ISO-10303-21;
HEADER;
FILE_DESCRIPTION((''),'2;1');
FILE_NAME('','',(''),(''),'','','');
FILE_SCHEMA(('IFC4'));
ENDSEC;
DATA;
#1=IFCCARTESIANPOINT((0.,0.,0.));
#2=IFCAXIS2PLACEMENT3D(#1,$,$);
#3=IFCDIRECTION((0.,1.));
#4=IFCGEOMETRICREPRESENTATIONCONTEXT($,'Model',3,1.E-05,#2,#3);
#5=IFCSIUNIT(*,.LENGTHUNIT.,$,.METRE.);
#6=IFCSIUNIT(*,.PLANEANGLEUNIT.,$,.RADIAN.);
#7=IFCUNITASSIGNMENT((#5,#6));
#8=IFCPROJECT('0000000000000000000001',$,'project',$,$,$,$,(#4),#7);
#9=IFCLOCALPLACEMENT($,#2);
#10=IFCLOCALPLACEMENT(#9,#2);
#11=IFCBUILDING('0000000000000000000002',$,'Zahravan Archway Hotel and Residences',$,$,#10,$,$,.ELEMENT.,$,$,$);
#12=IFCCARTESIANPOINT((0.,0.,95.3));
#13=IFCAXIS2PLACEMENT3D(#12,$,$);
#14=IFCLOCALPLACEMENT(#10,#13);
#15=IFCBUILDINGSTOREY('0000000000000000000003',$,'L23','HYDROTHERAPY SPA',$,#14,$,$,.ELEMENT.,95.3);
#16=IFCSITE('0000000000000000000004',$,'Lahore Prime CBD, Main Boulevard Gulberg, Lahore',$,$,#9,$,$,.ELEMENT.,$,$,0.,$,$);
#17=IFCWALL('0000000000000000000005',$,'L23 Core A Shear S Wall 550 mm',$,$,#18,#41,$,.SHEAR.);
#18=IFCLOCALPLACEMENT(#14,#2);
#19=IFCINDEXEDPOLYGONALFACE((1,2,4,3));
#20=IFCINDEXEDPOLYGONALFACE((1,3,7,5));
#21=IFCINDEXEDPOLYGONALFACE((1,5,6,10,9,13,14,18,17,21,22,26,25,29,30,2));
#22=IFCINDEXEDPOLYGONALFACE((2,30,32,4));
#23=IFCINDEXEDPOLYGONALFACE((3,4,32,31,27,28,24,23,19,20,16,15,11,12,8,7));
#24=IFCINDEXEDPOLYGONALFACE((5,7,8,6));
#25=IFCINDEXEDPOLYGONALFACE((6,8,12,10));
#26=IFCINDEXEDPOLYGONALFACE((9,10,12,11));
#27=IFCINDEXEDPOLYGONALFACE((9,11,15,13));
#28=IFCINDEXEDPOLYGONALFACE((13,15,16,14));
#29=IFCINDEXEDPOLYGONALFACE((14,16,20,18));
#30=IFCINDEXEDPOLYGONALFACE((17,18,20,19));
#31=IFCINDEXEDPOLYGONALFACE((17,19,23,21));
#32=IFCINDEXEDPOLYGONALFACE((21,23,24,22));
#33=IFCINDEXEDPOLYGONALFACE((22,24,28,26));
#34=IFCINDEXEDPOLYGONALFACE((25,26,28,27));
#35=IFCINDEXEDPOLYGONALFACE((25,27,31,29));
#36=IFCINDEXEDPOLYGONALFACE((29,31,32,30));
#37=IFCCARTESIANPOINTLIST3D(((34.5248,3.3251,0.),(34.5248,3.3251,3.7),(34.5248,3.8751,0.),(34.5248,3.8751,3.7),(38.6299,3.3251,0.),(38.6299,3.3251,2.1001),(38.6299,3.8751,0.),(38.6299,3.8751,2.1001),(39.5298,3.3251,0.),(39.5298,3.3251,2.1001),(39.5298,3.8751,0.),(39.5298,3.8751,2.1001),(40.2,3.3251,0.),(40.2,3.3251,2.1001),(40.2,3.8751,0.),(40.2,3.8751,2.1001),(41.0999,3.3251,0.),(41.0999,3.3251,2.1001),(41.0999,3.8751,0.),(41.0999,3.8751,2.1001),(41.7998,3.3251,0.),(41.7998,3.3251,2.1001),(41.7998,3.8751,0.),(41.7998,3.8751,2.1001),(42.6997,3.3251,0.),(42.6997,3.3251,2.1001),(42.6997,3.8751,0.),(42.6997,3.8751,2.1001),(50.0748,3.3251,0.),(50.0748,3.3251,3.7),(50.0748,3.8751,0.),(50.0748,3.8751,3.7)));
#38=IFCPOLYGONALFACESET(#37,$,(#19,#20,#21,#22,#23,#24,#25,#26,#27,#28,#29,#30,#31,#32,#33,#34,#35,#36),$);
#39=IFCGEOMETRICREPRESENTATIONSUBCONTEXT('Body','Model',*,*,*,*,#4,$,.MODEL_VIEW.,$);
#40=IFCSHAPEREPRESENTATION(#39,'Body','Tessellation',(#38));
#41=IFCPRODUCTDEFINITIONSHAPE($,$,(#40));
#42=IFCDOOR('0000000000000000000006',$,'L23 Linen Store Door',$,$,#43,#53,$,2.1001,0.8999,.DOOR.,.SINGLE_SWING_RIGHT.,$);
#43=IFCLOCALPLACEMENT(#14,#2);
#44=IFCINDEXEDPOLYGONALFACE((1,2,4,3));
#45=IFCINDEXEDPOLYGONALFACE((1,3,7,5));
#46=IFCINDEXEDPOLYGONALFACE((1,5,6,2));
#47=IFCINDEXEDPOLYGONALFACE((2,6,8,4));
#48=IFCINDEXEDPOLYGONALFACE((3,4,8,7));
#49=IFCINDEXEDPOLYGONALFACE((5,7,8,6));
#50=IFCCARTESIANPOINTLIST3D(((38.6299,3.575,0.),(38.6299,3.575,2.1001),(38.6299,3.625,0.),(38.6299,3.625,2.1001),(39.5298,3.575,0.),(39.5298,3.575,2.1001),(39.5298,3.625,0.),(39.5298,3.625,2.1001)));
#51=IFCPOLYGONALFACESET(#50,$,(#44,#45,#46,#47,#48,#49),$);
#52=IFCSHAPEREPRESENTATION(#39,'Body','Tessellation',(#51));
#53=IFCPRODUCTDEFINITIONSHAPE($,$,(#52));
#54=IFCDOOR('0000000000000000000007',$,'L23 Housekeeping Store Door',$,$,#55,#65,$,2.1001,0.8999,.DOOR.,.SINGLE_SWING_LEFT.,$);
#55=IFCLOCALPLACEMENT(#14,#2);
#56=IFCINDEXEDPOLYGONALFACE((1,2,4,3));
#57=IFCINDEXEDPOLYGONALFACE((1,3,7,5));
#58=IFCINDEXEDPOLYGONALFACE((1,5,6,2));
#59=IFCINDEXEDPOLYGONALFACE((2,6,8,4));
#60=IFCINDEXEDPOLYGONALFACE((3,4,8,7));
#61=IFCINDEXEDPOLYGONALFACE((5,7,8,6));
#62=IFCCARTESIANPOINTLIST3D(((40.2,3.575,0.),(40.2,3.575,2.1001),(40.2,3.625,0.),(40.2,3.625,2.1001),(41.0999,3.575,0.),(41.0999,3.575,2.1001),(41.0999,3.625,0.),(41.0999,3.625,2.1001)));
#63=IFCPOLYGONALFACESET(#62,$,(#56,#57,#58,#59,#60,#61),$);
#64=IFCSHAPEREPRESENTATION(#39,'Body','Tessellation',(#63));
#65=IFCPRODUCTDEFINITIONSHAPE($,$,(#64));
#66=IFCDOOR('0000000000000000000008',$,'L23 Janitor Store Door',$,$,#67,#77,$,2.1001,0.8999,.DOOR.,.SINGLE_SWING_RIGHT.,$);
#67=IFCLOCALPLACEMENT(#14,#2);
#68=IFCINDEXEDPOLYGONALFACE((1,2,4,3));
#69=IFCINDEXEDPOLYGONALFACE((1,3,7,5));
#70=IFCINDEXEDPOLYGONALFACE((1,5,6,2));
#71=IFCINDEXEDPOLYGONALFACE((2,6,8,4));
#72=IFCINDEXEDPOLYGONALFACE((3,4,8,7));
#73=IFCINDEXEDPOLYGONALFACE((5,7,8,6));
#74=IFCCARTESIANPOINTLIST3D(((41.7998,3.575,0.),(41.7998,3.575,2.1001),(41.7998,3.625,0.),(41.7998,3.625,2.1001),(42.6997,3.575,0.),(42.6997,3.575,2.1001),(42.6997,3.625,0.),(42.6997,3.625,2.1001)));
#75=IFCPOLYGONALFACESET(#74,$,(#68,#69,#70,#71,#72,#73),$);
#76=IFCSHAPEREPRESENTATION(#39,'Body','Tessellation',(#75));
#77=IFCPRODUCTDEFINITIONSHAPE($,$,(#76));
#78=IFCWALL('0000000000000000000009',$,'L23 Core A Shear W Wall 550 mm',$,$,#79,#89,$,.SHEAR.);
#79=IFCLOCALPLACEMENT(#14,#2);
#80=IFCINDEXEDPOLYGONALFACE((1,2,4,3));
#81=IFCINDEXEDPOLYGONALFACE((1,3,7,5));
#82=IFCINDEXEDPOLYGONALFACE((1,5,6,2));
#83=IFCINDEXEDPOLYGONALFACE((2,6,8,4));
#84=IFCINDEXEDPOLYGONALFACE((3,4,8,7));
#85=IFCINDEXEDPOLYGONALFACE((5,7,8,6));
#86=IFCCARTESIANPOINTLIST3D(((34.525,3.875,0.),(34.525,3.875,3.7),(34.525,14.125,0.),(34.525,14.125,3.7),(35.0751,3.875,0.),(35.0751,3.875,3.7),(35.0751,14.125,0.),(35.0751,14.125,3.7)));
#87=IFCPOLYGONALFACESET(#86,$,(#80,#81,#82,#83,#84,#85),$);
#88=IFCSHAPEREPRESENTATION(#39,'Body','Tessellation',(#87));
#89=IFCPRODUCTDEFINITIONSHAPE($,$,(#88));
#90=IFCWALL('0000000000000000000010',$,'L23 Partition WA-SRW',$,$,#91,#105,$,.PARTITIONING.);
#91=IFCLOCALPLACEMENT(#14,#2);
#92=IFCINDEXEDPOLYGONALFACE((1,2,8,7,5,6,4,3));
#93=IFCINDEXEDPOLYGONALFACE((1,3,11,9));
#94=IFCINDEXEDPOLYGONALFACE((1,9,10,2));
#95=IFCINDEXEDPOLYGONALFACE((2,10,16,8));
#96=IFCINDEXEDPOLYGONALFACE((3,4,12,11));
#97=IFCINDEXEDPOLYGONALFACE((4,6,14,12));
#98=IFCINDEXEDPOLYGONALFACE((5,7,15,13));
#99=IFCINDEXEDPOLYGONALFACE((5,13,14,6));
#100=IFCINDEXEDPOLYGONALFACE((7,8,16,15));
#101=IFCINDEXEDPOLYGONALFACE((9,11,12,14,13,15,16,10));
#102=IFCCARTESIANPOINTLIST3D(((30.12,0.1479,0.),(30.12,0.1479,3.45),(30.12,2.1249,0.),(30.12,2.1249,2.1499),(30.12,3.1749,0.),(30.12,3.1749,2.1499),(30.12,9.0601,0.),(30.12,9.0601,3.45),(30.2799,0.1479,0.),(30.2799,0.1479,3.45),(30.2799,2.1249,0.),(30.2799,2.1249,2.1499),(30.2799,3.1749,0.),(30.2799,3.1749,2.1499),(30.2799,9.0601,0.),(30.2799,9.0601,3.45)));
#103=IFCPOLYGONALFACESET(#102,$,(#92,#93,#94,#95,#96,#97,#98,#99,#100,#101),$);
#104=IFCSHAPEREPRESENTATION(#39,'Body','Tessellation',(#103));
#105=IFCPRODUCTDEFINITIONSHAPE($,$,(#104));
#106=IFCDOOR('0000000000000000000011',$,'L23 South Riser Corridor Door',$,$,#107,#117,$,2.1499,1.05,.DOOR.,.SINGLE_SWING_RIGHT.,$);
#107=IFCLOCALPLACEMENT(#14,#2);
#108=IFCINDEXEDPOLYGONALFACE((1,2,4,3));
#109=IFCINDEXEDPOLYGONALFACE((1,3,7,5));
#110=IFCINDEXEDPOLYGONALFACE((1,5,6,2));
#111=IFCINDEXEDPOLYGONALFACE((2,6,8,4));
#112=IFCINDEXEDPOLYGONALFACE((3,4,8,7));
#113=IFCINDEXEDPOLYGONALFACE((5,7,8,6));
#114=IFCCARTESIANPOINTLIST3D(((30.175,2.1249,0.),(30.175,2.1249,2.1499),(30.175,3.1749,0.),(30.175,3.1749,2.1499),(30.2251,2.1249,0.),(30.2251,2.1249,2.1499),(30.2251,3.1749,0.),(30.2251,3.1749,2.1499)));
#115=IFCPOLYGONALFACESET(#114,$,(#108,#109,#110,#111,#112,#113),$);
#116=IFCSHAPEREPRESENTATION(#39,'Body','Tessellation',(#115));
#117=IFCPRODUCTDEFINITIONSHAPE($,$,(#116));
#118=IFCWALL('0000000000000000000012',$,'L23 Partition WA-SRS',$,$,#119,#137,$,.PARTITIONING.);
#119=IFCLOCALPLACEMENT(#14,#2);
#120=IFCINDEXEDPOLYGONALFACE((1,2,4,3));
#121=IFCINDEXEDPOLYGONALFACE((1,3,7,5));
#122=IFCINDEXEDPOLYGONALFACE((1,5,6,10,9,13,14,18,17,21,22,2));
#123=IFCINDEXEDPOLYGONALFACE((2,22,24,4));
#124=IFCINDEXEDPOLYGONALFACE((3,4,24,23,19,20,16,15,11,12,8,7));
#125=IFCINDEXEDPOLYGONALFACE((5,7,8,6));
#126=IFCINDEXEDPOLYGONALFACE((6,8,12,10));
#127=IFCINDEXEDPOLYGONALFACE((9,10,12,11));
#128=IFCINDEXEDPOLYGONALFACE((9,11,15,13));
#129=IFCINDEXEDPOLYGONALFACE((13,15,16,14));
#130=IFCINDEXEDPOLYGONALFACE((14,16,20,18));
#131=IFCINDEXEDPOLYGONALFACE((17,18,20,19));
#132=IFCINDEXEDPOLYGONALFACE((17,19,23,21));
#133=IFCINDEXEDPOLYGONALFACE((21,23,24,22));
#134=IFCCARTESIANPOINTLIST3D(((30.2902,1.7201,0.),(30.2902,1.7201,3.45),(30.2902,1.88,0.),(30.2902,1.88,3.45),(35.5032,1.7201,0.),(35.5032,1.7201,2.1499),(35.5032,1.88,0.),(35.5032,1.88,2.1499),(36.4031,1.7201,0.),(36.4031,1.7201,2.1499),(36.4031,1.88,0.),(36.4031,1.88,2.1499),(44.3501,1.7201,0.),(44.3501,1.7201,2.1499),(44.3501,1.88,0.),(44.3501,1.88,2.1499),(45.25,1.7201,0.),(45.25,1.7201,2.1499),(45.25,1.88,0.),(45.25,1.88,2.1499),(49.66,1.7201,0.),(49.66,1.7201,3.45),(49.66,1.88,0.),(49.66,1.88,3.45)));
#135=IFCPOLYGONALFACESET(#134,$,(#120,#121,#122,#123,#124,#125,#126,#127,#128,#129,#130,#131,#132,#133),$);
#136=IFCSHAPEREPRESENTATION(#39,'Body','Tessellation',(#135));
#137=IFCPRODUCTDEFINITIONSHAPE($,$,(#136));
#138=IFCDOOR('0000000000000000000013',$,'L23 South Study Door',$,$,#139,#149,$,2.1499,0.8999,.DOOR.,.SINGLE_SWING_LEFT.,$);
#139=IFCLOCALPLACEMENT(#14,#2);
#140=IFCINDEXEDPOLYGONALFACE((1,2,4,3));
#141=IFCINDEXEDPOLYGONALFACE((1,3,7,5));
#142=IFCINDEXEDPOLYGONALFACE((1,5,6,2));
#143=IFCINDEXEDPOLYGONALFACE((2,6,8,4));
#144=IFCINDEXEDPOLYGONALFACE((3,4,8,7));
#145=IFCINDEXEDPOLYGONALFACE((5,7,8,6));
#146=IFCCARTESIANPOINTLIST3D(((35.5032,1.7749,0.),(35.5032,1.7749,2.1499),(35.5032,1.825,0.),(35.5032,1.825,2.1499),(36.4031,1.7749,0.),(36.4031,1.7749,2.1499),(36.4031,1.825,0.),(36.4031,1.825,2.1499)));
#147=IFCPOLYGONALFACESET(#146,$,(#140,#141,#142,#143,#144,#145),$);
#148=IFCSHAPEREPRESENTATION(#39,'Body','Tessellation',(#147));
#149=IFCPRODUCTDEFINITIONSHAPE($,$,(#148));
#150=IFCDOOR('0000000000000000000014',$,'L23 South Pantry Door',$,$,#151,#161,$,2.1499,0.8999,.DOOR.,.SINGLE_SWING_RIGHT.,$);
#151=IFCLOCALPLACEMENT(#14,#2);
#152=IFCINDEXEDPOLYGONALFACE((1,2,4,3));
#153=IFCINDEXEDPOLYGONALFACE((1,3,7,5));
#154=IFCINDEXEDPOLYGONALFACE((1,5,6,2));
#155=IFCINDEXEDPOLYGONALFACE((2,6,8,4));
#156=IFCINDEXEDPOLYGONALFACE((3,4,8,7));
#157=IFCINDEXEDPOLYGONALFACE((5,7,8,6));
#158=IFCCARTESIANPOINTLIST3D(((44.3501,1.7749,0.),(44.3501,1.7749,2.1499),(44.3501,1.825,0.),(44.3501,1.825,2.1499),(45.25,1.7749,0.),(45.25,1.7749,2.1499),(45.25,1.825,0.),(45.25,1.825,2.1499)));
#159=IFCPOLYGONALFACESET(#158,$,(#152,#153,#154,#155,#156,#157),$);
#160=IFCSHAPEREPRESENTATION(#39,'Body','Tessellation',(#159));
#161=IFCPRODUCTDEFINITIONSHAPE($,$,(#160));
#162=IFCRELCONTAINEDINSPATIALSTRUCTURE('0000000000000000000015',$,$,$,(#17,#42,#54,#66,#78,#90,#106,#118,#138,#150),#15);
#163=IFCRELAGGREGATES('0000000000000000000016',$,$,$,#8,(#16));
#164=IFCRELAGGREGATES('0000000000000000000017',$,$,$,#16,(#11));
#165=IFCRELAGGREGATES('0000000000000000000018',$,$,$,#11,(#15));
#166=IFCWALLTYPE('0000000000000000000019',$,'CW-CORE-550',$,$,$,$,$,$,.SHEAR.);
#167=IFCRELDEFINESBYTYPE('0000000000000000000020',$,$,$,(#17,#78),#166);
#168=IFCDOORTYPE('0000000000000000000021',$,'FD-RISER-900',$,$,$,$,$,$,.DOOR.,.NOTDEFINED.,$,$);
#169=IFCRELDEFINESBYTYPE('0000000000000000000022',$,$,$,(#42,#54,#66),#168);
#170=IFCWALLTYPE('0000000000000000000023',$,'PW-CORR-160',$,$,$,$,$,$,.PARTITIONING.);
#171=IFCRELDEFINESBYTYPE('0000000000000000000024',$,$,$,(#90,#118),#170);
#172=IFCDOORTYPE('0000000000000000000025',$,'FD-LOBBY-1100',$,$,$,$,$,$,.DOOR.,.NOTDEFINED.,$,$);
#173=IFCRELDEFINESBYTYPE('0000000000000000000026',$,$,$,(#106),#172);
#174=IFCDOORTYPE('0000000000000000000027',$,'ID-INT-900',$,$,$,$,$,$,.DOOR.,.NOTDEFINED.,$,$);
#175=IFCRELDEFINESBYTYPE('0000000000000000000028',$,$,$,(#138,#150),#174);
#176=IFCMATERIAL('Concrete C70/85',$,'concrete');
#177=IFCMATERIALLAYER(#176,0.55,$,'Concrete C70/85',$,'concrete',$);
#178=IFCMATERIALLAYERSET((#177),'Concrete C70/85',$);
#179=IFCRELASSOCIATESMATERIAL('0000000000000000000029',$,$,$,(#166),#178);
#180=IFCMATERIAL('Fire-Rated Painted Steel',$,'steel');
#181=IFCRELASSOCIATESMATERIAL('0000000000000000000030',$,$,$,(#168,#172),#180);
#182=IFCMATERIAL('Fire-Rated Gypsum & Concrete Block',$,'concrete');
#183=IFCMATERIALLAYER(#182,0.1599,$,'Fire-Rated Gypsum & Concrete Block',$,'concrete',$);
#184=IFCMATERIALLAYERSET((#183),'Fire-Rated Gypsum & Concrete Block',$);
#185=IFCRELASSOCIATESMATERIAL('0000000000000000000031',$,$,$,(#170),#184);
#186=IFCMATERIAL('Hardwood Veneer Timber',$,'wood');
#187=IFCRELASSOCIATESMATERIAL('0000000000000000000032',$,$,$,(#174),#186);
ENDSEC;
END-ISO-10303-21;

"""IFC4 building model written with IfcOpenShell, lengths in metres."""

from ifc_helpers import new_model, si_unit, direction, frame, frame_2d, origin, place, context, subcontext, project, spatial, rectangle, extrude, source, transform, mapped, material, layer, layer_set, type_object, type_shapes, element, fill, save


model = new_model("IFC4")

# Units and contexts
model_context = context("Model", 3, precision=1e-05, world=origin(), true_north=direction((0.0, 1.0)))
body_context = subcontext(model_context, "Body", "Model", "MODEL_VIEW")
ifc_project = project(units=[si_unit("LENGTHUNIT", "METRE"), si_unit("PLANEANGLEUNIT", "RADIAN")], contexts=[model_context])

# Site, building, storey
site_placement = place(None, origin())
site = spatial("IfcSite", under=ifc_project, at=site_placement, Name="Lahore Prime CBD, Main Boulevard Gulberg, Lahore", CompositionType="ELEMENT", RefElevation=0.0)
building_placement = place(site_placement, origin())
building = spatial("IfcBuilding", under=site, at=building_placement, Name="Zahravan Archway Hotel and Residences", CompositionType="ELEMENT")
storey_placement = place(building_placement, frame((0.0, 0.0, 95.3)))
storey = spatial("IfcBuildingStorey", under=building, at=storey_placement, Name="L23", Description="HYDROTHERAPY SPA", CompositionType="ELEMENT", Elevation=95.3)

# Shared definitions
ifc_material_1 = material(Name="Concrete C70/85", Category="concrete")

# Wall, openings, doors
ifc_layer_1 = layer(ifc_material_1, 0.55, Name="Concrete C70/85", Category="concrete")
ifc_layer_set_1 = layer_set([ifc_layer_1], Name="Concrete C70/85")
wall_type_1 = type_object("IfcWallType", Name="CW-CORE-550", PredefinedType="SHEAR", material=ifc_layer_set_1)
wall_1_placement = place(storey_placement, frame((34.5249, 3.6001, 0.0), z_axis=(0.0, 0.0, 1.0), x_axis=(1.0, 0.0, 0.0)))
wall_1 = element("IfcWall", 1, at=wall_1_placement, inside=storey, type_object=wall_type_1, Name="L23 Core A Shear S Wall 550 mm", PredefinedType="SHEAR", context=body_context, shape_type="SweptSolid", body=[
    extrude(rectangle(XDim=15.55, YDim=0.55, at=frame_2d((7.7749, 0.0))), origin(), (0.0, 0.0, 1.0), 3.7),
])
opening_1_placement = place(wall_1_placement, frame((4.105, 0.0, 0.0)))
opening_1 = element("IfcOpeningElement", 2, at=opening_1_placement, cuts=wall_1, PredefinedType="OPENING", context=body_context, shape_type="SweptSolid", body=[
    extrude(rectangle(XDim=0.8999, YDim=2.1001, at=frame_2d((0.45, 1.05))), frame((0.0, 0.2852, 0.0), z_axis=(0.0, -1.0, 0.0), x_axis=(1.0, 0.0, 0.0)), (0.0, 0.0, 1.0), 0.5701),
])
opening_2_placement = place(wall_1_placement, frame((5.675, 0.0, 0.0)))
opening_2 = element("IfcOpeningElement", 3, at=opening_2_placement, cuts=wall_1, PredefinedType="OPENING", context=body_context, shape_type="SweptSolid", body=[
    extrude(rectangle(XDim=0.8999, YDim=2.1001, at=frame_2d((0.45, 1.05))), frame((0.0, 0.2852, 0.0), z_axis=(0.0, -1.0, 0.0), x_axis=(1.0, 0.0, 0.0)), (0.0, 0.0, 1.0), 0.5701),
])
opening_3_placement = place(wall_1_placement, frame((7.2749, 0.0, 0.0)))
opening_3 = element("IfcOpeningElement", 4, at=opening_3_placement, cuts=wall_1, PredefinedType="OPENING", context=body_context, shape_type="SweptSolid", body=[
    extrude(rectangle(XDim=0.8999, YDim=2.1001, at=frame_2d((0.45, 1.05))), frame((0.0, 0.2852, 0.0), z_axis=(0.0, -1.0, 0.0), x_axis=(1.0, 0.0, 0.0)), (0.0, 0.0, 1.0), 0.5701),
])
ifc_material_2 = material(Name="Fire-Rated Painted Steel", Category="steel")
door_type_1 = type_object("IfcDoorType", Name="FD-RISER-900", OperationType="NOTDEFINED", PredefinedType="DOOR", material=ifc_material_2)
shared_shape_1 = source(origin(), body_context, "Body", "SweptSolid", [
    extrude(rectangle(XDim=0.8999, YDim=2.1001, at=frame_2d((0.45, 1.05))), frame((0.0, 0.0249, 0.0), z_axis=(0.0, -1.0, 0.0), x_axis=(1.0, 0.0, 0.0)), (0.0, 0.0, 1.0), 0.05),
])
type_shapes(door_type_1, [shared_shape_1])
door_1_placement = place(opening_1_placement, origin())
door_1 = element("IfcDoor", 5, at=door_1_placement, inside=storey, type_object=door_type_1, Name="L23 Linen Store Door", OperationType="SINGLE_SWING_RIGHT", OverallHeight=2.1001, OverallWidth=0.8999, PredefinedType="DOOR", context=body_context, shape_type="MappedRepresentation", body=[
    mapped(shared_shape_1, transform((0.0, 0.0, 0.0), scale=1.0)),
])
fill(opening_1, door_1)
door_2_placement = place(opening_2_placement, origin())
door_2 = element("IfcDoor", 6, at=door_2_placement, inside=storey, type_object=door_type_1, Name="L23 Housekeeping Store Door", OperationType="SINGLE_SWING_LEFT", OverallHeight=2.1001, OverallWidth=0.8999, PredefinedType="DOOR", context=body_context, shape_type="MappedRepresentation", body=[
    mapped(shared_shape_1, transform((0.0, 0.0, 0.0), scale=1.0)),
])
fill(opening_2, door_2)
door_3_placement = place(opening_3_placement, origin())
door_3 = element("IfcDoor", 7, at=door_3_placement, inside=storey, type_object=door_type_1, Name="L23 Janitor Store Door", OperationType="SINGLE_SWING_RIGHT", OverallHeight=2.1001, OverallWidth=0.8999, PredefinedType="DOOR", context=body_context, shape_type="MappedRepresentation", body=[
    mapped(shared_shape_1, transform((0.0, 0.0, 0.0), scale=1.0)),
])
fill(opening_3, door_3)

# Wall
wall_2_placement = place(storey_placement, frame((34.8, 3.875, 0.0), z_axis=(0.0, 0.0, 1.0), x_axis=(0.0, 1.0, 0.0)))
element("IfcWall", 8, at=wall_2_placement, inside=storey, type_object=wall_type_1, Name="L23 Core A Shear W Wall 550 mm", PredefinedType="SHEAR", context=body_context, shape_type="SweptSolid", body=[
    extrude(rectangle(XDim=10.25, YDim=0.55, at=frame_2d((5.125, 0.0))), origin(), (0.0, 0.0, 1.0), 3.7),
])

# Wall, opening, door
ifc_material_3 = material(Name="Fire-Rated Gypsum & Concrete Block", Category="concrete")
ifc_layer_2 = layer(ifc_material_3, 0.1599, Name="Fire-Rated Gypsum & Concrete Block", Category="concrete")
ifc_layer_set_2 = layer_set([ifc_layer_2], Name="Fire-Rated Gypsum & Concrete Block")
wall_type_2 = type_object("IfcWallType", Name="PW-CORR-160", PredefinedType="PARTITIONING", material=ifc_layer_set_2)
wall_3_placement = place(storey_placement, frame((30.2, 0.1479, 0.0), z_axis=(0.0, 0.0, 1.0), x_axis=(0.0, 1.0, 0.0)))
wall_3 = element("IfcWall", 9, at=wall_3_placement, inside=storey, type_object=wall_type_2, Name="L23 Partition WA-SRW", PredefinedType="PARTITIONING", context=body_context, shape_type="SweptSolid", body=[
    extrude(rectangle(XDim=8.9121, YDim=0.1599, at=frame_2d((4.4561, 0.0))), origin(), (0.0, 0.0, 1.0), 3.45),
])
opening_4_placement = place(wall_3_placement, frame((1.9771, 0.0, 0.0)))
opening_4 = element("IfcOpeningElement", 10, at=opening_4_placement, cuts=wall_3, PredefinedType="OPENING", context=body_context, shape_type="SweptSolid", body=[
    extrude(rectangle(XDim=1.05, YDim=2.1499, at=frame_2d((0.5249, 1.075))), frame((0.0, 0.0898, 0.0), z_axis=(0.0, -1.0, 0.0), x_axis=(1.0, 0.0, 0.0)), (0.0, 0.0, 1.0), 0.1799),
])
door_type_2 = type_object("IfcDoorType", Name="FD-LOBBY-1100", OperationType="NOTDEFINED", PredefinedType="DOOR", material=ifc_material_2)
shared_shape_2 = source(origin(), body_context, "Body", "SweptSolid", [
    extrude(rectangle(XDim=1.05, YDim=2.1499, at=frame_2d((0.5249, 1.075))), frame((0.0, 0.0249, 0.0), z_axis=(0.0, -1.0, 0.0), x_axis=(1.0, 0.0, 0.0)), (0.0, 0.0, 1.0), 0.05),
])
type_shapes(door_type_2, [shared_shape_2])
door_4_placement = place(opening_4_placement, origin())
door_4 = element("IfcDoor", 11, at=door_4_placement, inside=storey, type_object=door_type_2, Name="L23 South Riser Corridor Door", OperationType="SINGLE_SWING_RIGHT", OverallHeight=2.1499, OverallWidth=1.05, PredefinedType="DOOR", context=body_context, shape_type="MappedRepresentation", body=[
    mapped(shared_shape_2, transform((0.0, 0.0, 0.0), scale=1.0)),
])
fill(opening_4, door_4)

# Wall, openings, doors
wall_4_placement = place(storey_placement, frame((30.29, 1.8, 0.0), z_axis=(0.0, 0.0, 1.0), x_axis=(1.0, 0.0, 0.0)))
wall_4 = element("IfcWall", 12, at=wall_4_placement, inside=storey, type_object=wall_type_2, Name="L23 Partition WA-SRS", PredefinedType="PARTITIONING", context=body_context, shape_type="SweptSolid", body=[
    extrude(rectangle(XDim=19.3699, YDim=0.1599, at=frame_2d((9.6851, 0.0))), origin(), (0.0, 0.0, 1.0), 3.45),
])
opening_5_placement = place(wall_4_placement, frame((5.2131, 0.0, 0.0)))
opening_5 = element("IfcOpeningElement", 13, at=opening_5_placement, cuts=wall_4, PredefinedType="OPENING", context=body_context, shape_type="SweptSolid", body=[
    extrude(rectangle(XDim=0.8999, YDim=2.1499, at=frame_2d((0.45, 1.075))), frame((0.0, 0.0898, 0.0), z_axis=(0.0, -1.0, 0.0), x_axis=(1.0, 0.0, 0.0)), (0.0, 0.0, 1.0), 0.1799),
])
opening_6_placement = place(wall_4_placement, frame((14.0601, 0.0, 0.0)))
opening_6 = element("IfcOpeningElement", 14, at=opening_6_placement, cuts=wall_4, PredefinedType="OPENING", context=body_context, shape_type="SweptSolid", body=[
    extrude(rectangle(XDim=0.8999, YDim=2.1499, at=frame_2d((0.45, 1.075))), frame((0.0, 0.0898, 0.0), z_axis=(0.0, -1.0, 0.0), x_axis=(1.0, 0.0, 0.0)), (0.0, 0.0, 1.0), 0.1799),
])
ifc_material_4 = material(Name="Hardwood Veneer Timber", Category="wood")
door_type_3 = type_object("IfcDoorType", Name="ID-INT-900", OperationType="NOTDEFINED", PredefinedType="DOOR", material=ifc_material_4)
shared_shape_3 = source(origin(), body_context, "Body", "SweptSolid", [
    extrude(rectangle(XDim=0.8999, YDim=2.1499, at=frame_2d((0.45, 1.075))), frame((0.0, 0.0249, 0.0), z_axis=(0.0, -1.0, 0.0), x_axis=(1.0, 0.0, 0.0)), (0.0, 0.0, 1.0), 0.05),
])
type_shapes(door_type_3, [shared_shape_3])
door_5_placement = place(opening_5_placement, origin())
door_5 = element("IfcDoor", 15, at=door_5_placement, inside=storey, type_object=door_type_3, Name="L23 South Study Door", OperationType="SINGLE_SWING_LEFT", OverallHeight=2.1499, OverallWidth=0.8999, PredefinedType="DOOR", context=body_context, shape_type="MappedRepresentation", body=[
    mapped(shared_shape_3, transform((0.0, 0.0, 0.0), scale=1.0)),
])
fill(opening_5, door_5)
door_6_placement = place(opening_6_placement, origin())
door_6 = element("IfcDoor", 16, at=door_6_placement, inside=storey, type_object=door_type_3, Name="L23 South Pantry Door", OperationType="SINGLE_SWING_RIGHT", OverallHeight=2.1499, OverallWidth=0.8999, PredefinedType="DOOR", context=body_context, shape_type="MappedRepresentation", body=[
    mapped(shared_shape_3, transform((0.0, 0.0, 0.0), scale=1.0)),
])
fill(opening_6, door_6)

save(model, "model.ifc")
